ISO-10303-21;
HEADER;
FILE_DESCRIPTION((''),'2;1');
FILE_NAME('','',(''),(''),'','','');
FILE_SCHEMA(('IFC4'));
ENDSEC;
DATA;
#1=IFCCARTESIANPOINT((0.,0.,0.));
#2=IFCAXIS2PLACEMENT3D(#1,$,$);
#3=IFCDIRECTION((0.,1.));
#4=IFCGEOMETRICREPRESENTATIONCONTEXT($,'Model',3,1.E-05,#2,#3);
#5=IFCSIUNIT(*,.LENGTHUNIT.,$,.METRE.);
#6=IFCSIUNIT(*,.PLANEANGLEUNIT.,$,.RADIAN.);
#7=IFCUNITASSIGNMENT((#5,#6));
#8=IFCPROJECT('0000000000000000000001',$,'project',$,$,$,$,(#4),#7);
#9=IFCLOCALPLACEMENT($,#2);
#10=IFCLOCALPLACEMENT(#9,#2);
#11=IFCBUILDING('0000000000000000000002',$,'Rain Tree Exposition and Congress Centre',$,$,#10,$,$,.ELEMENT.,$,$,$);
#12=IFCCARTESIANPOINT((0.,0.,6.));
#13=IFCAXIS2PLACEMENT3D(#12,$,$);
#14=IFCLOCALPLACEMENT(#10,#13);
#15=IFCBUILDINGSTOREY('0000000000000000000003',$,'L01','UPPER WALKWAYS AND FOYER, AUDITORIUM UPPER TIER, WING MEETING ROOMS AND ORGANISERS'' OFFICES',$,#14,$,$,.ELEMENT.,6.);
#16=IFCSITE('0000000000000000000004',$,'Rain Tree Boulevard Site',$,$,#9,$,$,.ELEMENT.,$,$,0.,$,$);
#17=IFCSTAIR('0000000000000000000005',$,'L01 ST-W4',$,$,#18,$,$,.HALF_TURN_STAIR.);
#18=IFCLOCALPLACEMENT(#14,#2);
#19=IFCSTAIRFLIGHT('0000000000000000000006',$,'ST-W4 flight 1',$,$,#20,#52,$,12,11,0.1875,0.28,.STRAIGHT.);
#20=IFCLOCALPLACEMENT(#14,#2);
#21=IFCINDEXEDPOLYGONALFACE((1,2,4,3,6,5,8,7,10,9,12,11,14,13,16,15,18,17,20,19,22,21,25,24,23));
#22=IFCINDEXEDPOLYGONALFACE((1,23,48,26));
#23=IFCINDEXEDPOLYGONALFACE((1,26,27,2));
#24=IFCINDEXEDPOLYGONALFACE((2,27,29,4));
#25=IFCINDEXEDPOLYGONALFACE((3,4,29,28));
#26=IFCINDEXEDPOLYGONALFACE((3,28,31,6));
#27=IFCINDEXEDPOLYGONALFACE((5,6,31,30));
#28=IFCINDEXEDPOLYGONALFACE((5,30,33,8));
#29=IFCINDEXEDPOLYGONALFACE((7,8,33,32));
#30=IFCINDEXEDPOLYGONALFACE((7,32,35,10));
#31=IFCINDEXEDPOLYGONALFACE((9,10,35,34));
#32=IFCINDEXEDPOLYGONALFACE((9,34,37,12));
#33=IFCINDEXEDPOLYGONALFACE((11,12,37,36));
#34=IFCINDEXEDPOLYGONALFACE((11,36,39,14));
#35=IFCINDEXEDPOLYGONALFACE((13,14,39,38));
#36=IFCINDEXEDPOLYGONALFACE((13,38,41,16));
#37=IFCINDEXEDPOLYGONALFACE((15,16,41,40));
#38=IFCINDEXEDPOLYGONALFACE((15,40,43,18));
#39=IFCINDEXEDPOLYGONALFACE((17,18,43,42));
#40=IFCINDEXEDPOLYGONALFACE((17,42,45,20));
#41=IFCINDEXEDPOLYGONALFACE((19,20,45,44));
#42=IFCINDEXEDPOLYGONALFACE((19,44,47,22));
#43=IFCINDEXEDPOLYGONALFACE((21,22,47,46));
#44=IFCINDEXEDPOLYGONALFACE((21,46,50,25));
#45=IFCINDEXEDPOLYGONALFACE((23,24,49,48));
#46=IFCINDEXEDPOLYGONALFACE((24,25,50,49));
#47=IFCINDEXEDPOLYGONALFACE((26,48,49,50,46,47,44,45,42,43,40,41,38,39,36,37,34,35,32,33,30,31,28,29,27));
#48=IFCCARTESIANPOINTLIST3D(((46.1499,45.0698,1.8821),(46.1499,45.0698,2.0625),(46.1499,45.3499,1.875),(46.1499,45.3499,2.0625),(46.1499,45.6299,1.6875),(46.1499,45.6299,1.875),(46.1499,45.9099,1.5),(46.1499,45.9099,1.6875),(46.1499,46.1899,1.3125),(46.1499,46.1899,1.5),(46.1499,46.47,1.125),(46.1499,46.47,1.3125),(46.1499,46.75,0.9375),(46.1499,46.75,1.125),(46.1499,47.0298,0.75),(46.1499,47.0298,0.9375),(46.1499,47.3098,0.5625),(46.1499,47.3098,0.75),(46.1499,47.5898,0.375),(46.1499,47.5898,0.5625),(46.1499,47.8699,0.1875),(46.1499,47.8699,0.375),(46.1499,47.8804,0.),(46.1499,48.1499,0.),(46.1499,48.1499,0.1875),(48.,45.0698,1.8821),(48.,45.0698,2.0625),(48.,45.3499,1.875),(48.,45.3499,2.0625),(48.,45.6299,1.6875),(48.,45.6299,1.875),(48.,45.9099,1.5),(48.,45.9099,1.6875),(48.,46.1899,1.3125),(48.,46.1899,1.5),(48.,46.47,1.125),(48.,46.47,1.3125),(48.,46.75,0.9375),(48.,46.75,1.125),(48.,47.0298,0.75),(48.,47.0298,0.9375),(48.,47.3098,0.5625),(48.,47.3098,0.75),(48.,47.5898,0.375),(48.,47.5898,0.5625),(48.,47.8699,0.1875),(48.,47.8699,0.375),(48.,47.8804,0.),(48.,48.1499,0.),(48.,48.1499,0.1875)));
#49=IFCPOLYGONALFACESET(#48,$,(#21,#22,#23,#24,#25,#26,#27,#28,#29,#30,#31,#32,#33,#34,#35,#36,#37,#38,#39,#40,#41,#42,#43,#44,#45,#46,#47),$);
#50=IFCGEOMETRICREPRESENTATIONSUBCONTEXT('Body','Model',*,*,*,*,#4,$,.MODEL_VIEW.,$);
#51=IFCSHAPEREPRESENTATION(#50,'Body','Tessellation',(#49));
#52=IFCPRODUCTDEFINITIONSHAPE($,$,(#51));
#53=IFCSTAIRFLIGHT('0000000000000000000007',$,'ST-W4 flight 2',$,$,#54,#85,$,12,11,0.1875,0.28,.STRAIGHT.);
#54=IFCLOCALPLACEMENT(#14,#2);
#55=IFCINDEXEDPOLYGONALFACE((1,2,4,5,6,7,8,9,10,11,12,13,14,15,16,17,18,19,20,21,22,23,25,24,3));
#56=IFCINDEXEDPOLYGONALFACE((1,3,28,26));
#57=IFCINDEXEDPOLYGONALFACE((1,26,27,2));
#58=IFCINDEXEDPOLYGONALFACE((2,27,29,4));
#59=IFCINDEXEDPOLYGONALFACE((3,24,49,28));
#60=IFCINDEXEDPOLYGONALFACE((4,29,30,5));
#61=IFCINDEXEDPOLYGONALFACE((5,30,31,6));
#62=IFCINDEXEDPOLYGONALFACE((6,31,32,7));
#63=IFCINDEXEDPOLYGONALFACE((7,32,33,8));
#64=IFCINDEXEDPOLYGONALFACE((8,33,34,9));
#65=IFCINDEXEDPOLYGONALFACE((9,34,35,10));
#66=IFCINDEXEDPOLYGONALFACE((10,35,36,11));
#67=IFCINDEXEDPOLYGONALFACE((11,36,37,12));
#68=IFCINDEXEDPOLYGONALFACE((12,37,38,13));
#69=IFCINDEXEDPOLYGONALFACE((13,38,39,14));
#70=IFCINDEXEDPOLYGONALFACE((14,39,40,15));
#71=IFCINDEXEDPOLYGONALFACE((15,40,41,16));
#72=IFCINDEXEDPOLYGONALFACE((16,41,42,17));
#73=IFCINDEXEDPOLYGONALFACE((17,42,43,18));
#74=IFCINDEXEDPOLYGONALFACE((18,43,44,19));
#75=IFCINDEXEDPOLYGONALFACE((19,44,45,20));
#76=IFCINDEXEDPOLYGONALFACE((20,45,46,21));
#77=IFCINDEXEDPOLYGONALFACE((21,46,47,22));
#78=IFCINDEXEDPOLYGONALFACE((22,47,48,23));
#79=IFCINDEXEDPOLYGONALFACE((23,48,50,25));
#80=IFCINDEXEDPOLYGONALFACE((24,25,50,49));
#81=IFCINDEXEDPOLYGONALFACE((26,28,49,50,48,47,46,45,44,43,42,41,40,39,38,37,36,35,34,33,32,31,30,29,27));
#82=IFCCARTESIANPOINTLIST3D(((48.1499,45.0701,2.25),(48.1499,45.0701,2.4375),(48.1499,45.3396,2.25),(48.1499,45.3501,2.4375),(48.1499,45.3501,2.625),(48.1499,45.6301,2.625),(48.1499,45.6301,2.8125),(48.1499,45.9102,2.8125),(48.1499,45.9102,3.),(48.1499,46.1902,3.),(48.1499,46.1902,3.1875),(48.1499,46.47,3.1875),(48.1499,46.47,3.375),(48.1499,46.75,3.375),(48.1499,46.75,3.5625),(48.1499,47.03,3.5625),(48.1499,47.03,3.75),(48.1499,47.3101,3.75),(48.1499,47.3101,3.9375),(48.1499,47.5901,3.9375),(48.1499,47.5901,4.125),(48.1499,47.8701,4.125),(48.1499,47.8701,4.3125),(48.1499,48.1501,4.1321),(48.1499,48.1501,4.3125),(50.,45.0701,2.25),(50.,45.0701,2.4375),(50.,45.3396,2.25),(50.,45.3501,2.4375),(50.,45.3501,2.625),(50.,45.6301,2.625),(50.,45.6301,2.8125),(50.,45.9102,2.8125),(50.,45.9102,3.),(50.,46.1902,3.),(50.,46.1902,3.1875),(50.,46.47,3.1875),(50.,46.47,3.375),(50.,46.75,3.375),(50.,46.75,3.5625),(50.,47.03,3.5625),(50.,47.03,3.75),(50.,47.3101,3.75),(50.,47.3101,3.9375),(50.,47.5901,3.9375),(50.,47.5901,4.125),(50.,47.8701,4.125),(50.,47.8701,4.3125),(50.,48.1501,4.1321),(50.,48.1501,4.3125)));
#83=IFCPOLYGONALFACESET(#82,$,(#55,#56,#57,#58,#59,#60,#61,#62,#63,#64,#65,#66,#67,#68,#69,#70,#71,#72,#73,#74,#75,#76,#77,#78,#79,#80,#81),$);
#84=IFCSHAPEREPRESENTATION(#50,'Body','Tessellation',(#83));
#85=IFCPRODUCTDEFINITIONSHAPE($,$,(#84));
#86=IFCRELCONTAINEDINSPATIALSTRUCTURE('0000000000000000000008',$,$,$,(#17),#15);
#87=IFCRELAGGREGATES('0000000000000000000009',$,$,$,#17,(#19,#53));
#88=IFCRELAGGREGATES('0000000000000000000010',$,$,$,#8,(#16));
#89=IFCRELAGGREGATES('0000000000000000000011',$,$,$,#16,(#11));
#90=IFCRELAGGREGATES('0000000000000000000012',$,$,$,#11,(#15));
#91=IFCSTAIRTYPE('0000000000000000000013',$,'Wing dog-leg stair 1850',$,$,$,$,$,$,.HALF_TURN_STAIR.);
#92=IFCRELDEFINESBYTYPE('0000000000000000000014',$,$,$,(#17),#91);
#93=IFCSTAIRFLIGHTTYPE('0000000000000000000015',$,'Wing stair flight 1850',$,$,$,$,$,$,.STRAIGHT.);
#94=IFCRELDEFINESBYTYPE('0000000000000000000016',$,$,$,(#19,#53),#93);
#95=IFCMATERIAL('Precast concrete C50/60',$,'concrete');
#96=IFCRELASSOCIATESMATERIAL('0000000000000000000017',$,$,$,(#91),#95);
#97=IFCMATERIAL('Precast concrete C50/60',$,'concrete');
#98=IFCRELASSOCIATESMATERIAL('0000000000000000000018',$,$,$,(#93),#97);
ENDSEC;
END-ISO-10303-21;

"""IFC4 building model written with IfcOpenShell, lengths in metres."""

from ifc_helpers import new_model, si_unit, direction, frame, origin, place, context, subcontext, project, spatial, polyline, outline, extrude, material, type_object, element, aggregate, save


model = new_model("IFC4")

# Units and contexts
model_context = context("Model", 3, precision=1e-05, world=origin(), true_north=direction((0.0, 1.0)))
body_context = subcontext(model_context, "Body", "Model", "MODEL_VIEW")
ifc_project = project(units=[si_unit("LENGTHUNIT", "METRE"), si_unit("PLANEANGLEUNIT", "RADIAN")], contexts=[model_context])

# Site, building, storey
site_placement = place(None, origin())
site = spatial("IfcSite", under=ifc_project, at=site_placement, Name="Rain Tree Boulevard Site", CompositionType="ELEMENT", RefElevation=0.0)
building_placement = place(site_placement, origin())
building = spatial("IfcBuilding", under=site, at=building_placement, Name="Rain Tree Exposition and Congress Centre", CompositionType="ELEMENT")
storey_placement = place(building_placement, frame((0.0, 0.0, 6.0)))
storey = spatial("IfcBuildingStorey", under=building, at=storey_placement, Name="L01", Description="UPPER WALKWAYS AND FOYER, AUDITORIUM UPPER TIER, WING MEETING ROOMS AND ORGANISERS' OFFICES", CompositionType="ELEMENT", Elevation=6.0)

# Stair, stair flights
ifc_material_1 = material(Name="Precast concrete C50/60", Category="concrete")
stair_type = type_object("IfcStairType", Name="Wing dog-leg stair 1850", PredefinedType="HALF_TURN_STAIR", material=ifc_material_1)
stair_placement = place(storey_placement, origin())
stair = element("IfcStair", 1, at=stair_placement, inside=storey, type_object=stair_type, Name="L01 ST-W4", PredefinedType="HALF_TURN_STAIR")
ifc_material_2 = material(Name="Precast concrete C50/60", Category="concrete")
stair_flight_type = type_object("IfcStairFlightType", Name="Wing stair flight 1850", PredefinedType="STRAIGHT", material=ifc_material_2)
stair_flight_1_placement = place(storey_placement, frame((47.075, 48.1499, 0.0), z_axis=(0.0, 0.0, 1.0), x_axis=(0.0, -1.0, 0.0)))
stair_flight_1 = element("IfcStairFlight", 2, at=stair_flight_1_placement, type_object=stair_flight_type, Name="ST-W4 flight 1", NumberOfRisers=12, NumberOfTreads=11, PredefinedType="STRAIGHT", RiserHeight=0.1875, TreadLength=0.28, context=body_context, shape_type="SweptSolid", body=[
    extrude(outline(polyline([(0.0, 0.0), (0.0, 0.1875), (0.28, 0.1875), (0.28, 0.375), (0.5601, 0.375), (0.5601, 0.5625), (0.8401, 0.5625), (0.8401, 0.75), (1.1201, 0.75), (1.1201, 0.9375), (1.3999, 0.9375), (1.3999, 1.125), (1.6799, 1.125), (1.6799, 1.3125), (1.96, 1.3125), (1.96, 1.5), (2.24, 1.5), (2.24, 1.6875), (2.52, 1.6875), (2.52, 1.875), (2.8, 1.875), (2.8, 2.0625), (3.0801, 2.0625), (3.0801, 2.25), (3.0801, 1.8821), (0.2695, 0.0), (0.0, 0.0)])), frame((0.0, 0.925, 0.0), z_axis=(0.0, -1.0, 0.0), x_axis=(1.0, 0.0, 0.0)), (0.0, 0.0, 1.0), 1.8501),
])
stair_flight_2_placement = place(storey_placement, frame((49.075, 45.0701, 2.25), z_axis=(0.0, 0.0, 1.0), x_axis=(0.0, 1.0, 0.0)))
stair_flight_2 = element("IfcStairFlight", 3, at=stair_flight_2_placement, type_object=stair_flight_type, Name="ST-W4 flight 2", NumberOfRisers=12, NumberOfTreads=11, PredefinedType="STRAIGHT", RiserHeight=0.1875, TreadLength=0.28, context=body_context, shape_type="SweptSolid", body=[
    extrude(outline(polyline([(0.0, 0.0), (0.0, 0.1875), (0.28, 0.1875), (0.28, 0.375), (0.5601, 0.375), (0.5601, 0.5625), (0.8401, 0.5625), (0.8401, 0.75), (1.1201, 0.75), (1.1201, 0.9375), (1.3999, 0.9375), (1.3999, 1.125), (1.6799, 1.125), (1.6799, 1.3125), (1.96, 1.3125), (1.96, 1.5), (2.24, 1.5), (2.24, 1.6875), (2.52, 1.6875), (2.52, 1.875), (2.8, 1.875), (2.8, 2.0625), (3.0801, 2.0625), (3.0801, 2.25), (3.0801, 1.8821), (0.2695, 0.0), (0.0, 0.0)])), frame((0.0, 0.925, 0.0), z_axis=(0.0, -1.0, 0.0), x_axis=(1.0, 0.0, 0.0)), (0.0, 0.0, 1.0), 1.8501),
])
aggregate(stair, [stair_flight_1, stair_flight_2])

save(model, "model.ifc")
